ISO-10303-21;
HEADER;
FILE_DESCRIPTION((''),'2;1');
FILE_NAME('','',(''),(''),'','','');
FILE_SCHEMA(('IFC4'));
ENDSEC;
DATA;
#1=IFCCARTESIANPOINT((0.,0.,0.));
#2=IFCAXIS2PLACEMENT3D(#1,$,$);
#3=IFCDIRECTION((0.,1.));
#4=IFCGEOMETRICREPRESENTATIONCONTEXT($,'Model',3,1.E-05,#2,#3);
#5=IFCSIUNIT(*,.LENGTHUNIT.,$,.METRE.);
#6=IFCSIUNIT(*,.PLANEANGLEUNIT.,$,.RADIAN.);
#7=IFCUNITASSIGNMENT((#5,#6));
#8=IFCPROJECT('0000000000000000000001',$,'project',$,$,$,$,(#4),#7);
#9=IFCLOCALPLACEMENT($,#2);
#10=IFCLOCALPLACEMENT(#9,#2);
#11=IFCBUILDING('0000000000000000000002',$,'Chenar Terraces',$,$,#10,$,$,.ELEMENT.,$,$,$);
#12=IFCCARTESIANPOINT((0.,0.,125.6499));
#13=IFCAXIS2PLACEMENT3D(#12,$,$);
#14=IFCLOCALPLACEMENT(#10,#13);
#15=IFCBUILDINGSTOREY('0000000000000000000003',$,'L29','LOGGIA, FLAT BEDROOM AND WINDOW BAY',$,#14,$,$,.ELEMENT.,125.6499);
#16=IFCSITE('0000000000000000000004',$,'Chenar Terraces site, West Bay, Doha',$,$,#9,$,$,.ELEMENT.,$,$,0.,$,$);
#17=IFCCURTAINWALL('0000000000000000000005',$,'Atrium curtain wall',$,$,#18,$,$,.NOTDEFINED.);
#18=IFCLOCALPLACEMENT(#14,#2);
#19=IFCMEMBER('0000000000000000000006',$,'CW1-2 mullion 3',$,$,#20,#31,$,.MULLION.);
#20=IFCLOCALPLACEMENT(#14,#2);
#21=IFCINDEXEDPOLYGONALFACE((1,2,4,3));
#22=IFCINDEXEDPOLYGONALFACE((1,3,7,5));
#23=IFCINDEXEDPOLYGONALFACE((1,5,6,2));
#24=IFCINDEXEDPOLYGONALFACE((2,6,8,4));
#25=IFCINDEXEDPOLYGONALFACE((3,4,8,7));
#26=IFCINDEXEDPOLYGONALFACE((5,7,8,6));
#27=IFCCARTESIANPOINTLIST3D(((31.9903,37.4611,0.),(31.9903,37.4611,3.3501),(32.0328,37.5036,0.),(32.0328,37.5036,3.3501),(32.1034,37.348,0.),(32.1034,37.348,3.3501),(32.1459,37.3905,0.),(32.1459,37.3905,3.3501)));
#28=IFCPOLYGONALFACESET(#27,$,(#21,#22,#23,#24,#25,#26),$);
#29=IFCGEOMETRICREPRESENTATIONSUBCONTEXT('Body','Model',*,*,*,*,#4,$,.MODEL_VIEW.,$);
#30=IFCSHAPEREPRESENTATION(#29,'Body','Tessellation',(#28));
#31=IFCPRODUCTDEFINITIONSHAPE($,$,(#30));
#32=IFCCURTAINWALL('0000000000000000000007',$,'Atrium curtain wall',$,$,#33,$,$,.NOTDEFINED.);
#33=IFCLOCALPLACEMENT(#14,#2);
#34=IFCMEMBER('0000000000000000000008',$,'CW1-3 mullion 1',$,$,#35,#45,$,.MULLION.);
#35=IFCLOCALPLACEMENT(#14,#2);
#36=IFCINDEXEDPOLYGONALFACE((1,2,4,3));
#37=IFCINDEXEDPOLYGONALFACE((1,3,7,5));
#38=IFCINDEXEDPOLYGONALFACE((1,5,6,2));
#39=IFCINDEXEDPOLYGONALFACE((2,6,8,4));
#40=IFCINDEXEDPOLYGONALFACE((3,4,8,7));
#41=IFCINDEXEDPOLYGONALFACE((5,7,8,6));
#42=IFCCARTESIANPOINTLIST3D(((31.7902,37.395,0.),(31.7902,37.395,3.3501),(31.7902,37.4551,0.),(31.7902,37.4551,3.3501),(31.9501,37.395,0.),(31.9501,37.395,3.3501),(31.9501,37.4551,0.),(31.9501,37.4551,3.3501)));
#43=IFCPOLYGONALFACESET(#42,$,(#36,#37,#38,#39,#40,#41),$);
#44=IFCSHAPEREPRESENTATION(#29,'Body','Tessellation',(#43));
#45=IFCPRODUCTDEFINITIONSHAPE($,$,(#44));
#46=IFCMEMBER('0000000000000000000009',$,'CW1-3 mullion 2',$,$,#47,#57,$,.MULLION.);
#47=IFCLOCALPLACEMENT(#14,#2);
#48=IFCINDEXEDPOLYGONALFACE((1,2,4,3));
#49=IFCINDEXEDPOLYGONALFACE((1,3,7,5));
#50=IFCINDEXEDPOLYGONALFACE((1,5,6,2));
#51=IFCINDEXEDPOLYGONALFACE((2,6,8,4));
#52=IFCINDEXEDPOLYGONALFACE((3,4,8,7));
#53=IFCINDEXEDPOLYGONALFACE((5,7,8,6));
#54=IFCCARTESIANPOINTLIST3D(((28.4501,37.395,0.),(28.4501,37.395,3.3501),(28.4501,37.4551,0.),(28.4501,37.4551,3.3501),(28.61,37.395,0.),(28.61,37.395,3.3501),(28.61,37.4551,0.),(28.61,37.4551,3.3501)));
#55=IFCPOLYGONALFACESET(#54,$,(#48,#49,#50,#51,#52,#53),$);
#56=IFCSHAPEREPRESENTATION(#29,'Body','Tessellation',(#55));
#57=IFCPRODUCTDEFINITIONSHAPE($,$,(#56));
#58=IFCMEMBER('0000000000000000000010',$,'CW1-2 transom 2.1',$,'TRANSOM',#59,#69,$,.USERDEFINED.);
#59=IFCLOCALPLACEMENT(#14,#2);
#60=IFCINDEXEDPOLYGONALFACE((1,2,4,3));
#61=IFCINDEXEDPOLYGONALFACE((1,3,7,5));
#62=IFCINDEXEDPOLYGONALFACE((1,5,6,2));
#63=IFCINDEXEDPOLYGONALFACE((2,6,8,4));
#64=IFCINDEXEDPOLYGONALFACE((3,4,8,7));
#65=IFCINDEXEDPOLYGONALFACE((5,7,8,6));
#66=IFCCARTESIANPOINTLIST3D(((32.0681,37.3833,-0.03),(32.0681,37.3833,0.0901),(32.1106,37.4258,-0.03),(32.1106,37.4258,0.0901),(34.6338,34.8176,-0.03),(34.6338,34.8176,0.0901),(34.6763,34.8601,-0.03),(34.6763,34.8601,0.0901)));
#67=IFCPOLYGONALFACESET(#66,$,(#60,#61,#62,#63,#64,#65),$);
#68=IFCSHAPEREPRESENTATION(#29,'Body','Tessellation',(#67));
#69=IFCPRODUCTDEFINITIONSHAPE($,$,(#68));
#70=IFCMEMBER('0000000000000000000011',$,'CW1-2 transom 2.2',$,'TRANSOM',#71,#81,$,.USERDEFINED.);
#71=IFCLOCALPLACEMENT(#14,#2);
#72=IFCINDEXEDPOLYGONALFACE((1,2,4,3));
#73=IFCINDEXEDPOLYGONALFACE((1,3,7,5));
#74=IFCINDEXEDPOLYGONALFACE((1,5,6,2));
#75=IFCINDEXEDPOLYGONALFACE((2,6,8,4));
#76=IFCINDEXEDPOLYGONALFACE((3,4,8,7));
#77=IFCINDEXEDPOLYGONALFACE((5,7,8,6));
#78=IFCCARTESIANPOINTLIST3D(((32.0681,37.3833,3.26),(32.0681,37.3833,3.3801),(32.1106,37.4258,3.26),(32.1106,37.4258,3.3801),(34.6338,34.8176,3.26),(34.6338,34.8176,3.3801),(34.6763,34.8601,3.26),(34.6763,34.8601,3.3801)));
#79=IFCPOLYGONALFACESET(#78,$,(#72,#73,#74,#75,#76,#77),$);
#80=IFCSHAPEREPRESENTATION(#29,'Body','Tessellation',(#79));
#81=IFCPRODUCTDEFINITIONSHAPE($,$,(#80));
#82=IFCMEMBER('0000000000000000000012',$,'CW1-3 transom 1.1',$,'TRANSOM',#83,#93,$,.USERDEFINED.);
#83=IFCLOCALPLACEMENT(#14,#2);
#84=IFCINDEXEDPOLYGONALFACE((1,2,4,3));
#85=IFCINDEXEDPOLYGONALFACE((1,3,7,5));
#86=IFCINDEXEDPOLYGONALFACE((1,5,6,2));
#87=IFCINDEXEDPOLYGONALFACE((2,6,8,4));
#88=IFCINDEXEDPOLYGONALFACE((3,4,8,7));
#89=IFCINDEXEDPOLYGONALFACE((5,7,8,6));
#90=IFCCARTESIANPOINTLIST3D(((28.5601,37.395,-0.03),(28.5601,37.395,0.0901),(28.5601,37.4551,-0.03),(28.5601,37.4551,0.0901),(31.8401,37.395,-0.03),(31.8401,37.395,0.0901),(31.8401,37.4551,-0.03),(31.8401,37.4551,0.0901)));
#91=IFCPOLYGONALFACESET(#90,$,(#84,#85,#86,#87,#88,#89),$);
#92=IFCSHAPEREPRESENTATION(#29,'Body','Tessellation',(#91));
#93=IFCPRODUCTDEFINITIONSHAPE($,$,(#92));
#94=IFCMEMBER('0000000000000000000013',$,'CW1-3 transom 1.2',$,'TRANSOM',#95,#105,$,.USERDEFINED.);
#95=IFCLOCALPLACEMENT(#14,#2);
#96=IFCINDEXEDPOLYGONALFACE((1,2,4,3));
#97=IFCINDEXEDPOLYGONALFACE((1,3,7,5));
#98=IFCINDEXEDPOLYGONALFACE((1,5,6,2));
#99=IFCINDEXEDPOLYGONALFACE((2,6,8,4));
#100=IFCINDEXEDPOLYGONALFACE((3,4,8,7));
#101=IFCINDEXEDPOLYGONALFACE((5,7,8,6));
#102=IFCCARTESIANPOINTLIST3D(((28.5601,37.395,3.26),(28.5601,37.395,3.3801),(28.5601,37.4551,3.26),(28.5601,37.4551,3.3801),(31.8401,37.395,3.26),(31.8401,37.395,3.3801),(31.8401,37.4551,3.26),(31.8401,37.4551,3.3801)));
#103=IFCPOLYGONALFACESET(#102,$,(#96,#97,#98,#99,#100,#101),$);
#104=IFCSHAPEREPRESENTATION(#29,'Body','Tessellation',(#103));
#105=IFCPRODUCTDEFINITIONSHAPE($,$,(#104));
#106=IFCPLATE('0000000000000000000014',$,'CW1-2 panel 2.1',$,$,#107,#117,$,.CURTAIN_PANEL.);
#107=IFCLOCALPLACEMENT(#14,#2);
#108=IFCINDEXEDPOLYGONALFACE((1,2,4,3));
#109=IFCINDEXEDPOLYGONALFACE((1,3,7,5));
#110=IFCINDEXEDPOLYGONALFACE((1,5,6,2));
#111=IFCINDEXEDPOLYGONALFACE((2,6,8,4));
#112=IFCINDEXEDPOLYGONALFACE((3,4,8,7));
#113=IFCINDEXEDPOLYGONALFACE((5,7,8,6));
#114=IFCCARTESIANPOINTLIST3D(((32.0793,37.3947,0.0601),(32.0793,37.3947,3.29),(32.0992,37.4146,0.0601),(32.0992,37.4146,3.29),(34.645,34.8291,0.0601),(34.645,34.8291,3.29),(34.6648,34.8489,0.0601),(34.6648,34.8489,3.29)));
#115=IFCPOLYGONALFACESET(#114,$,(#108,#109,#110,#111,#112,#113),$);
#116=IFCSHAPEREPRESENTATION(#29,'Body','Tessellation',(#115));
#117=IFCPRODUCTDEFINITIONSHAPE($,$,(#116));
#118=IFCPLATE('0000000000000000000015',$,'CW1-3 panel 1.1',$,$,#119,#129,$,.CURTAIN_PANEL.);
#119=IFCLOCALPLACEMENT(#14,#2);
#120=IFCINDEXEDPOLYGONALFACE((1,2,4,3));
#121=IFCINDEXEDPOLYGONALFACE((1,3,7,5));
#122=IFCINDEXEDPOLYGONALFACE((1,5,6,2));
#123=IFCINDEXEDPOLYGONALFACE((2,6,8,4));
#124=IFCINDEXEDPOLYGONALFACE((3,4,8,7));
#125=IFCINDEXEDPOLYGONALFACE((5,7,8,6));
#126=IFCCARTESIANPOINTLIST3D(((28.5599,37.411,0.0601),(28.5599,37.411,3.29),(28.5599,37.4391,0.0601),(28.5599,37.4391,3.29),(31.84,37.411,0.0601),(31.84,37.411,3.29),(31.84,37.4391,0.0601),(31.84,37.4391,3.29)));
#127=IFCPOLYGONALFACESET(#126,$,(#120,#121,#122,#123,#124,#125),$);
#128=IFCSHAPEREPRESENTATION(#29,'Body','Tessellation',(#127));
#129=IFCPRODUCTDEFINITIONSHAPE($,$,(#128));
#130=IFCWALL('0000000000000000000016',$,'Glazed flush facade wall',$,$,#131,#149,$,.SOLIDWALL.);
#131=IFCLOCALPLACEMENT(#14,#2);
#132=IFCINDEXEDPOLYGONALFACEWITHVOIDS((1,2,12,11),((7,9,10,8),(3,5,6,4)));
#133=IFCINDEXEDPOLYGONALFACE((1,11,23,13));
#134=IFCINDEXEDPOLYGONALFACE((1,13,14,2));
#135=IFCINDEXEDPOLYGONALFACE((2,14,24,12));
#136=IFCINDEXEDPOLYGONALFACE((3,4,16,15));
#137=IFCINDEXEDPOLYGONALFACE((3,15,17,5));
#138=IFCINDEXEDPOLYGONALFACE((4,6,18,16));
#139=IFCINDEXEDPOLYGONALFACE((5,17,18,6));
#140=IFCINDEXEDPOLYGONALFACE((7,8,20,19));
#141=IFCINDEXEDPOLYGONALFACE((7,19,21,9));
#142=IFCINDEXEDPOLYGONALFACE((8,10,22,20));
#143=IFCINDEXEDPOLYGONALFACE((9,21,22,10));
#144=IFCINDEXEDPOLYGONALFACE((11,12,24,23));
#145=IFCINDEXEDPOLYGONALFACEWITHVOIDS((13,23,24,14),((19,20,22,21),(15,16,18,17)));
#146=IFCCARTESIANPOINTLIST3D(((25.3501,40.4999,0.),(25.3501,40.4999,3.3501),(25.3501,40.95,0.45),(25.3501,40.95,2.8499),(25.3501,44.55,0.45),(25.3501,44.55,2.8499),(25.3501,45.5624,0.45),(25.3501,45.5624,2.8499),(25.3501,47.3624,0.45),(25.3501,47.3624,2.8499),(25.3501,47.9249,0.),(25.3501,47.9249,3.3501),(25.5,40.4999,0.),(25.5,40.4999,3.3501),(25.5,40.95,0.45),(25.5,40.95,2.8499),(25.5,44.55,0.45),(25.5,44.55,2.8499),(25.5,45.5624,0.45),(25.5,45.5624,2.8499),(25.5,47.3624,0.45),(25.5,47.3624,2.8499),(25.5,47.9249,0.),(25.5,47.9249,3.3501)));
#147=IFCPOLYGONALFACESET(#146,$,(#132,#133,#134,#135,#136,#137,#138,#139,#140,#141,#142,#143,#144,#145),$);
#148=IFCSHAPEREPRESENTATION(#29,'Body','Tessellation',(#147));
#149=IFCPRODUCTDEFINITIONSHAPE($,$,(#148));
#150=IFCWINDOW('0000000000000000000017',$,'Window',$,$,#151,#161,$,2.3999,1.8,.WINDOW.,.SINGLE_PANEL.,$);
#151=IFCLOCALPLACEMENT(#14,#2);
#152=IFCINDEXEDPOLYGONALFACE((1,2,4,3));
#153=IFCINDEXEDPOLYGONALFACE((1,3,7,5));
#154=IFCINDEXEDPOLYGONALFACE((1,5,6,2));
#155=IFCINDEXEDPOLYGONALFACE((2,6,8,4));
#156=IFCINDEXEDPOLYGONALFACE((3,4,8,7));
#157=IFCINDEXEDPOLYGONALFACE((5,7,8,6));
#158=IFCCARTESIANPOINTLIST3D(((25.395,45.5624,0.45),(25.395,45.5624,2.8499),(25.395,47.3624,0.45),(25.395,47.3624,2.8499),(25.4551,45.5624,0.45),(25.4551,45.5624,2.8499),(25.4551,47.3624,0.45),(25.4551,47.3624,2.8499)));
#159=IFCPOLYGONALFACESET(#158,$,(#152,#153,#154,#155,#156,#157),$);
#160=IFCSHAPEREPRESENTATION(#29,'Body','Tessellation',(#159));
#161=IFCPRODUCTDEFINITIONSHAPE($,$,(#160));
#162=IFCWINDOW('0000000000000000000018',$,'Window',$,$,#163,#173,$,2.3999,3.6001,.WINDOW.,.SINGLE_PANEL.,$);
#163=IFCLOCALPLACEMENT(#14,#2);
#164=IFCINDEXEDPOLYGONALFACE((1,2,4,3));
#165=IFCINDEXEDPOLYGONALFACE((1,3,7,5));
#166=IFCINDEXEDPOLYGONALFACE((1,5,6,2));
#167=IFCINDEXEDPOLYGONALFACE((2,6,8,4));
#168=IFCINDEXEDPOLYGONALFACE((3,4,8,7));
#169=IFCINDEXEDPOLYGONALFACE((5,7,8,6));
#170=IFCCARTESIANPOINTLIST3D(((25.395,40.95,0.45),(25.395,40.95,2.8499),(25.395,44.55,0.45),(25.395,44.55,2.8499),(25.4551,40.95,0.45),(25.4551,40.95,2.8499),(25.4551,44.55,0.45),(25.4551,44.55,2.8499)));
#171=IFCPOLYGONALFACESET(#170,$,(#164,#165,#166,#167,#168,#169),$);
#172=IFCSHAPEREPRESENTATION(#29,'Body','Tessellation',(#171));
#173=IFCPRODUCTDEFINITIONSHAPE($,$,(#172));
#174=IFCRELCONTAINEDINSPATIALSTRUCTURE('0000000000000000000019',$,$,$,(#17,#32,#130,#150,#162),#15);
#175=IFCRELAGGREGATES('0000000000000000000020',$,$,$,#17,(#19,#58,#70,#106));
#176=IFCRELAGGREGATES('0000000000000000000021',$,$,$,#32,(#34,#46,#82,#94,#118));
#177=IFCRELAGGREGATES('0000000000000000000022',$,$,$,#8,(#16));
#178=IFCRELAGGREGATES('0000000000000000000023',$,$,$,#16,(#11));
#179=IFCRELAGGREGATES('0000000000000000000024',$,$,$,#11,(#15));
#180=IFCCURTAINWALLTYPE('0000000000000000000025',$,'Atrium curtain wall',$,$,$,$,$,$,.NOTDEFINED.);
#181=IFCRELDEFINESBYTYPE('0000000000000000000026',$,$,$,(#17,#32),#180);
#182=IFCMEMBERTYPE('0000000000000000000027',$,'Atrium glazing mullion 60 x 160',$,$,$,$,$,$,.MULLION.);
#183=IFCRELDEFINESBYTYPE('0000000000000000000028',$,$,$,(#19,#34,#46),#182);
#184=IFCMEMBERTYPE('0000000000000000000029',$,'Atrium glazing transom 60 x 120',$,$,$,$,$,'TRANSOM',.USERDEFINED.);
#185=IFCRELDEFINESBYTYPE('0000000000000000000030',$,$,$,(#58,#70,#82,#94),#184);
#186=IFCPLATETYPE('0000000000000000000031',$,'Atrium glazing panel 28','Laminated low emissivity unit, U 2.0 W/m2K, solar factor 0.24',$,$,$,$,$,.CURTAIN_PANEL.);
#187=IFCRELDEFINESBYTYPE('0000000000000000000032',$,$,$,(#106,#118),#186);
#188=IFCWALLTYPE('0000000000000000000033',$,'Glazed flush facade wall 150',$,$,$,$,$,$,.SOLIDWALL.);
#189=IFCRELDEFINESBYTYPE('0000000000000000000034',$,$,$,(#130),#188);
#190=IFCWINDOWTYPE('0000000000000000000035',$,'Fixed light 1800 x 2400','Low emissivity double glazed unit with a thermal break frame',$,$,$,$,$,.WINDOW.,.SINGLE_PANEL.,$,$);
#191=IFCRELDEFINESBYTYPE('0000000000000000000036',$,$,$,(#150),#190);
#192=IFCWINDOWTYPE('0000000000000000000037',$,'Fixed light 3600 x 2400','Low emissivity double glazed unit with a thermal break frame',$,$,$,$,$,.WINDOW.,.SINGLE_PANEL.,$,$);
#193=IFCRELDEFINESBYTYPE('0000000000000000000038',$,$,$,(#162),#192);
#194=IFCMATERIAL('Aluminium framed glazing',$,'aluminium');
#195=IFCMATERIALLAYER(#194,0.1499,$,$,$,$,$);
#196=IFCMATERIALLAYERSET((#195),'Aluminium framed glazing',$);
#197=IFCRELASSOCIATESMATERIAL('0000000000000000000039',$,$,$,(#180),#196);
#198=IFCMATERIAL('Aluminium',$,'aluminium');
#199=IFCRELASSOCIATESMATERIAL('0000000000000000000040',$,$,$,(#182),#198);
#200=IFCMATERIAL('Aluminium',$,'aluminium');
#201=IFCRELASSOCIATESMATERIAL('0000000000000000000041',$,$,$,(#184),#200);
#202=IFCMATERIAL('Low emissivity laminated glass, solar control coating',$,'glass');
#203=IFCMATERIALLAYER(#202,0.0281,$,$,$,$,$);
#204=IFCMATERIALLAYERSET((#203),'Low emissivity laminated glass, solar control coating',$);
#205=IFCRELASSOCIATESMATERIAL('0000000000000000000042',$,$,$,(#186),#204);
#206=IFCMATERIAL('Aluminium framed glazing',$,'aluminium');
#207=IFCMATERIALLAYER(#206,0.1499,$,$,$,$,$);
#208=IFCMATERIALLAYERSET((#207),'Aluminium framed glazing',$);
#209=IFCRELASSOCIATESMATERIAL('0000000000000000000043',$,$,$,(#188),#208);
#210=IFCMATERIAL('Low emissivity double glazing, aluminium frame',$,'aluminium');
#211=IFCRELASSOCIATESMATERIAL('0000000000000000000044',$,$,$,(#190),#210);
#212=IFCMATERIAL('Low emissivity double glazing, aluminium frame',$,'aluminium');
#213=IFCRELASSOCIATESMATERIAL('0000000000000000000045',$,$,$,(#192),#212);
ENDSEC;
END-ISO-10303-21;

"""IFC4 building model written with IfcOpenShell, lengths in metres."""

from ifc_helpers import new_model, si_unit, direction, frame, frame_2d, origin, origin_2d, place, context, subcontext, project, spatial, rectangle, extrude, material, layer, layer_set, material_profile, profile_set, type_object, element, fill, aggregate, save


model = new_model("IFC4")

# Units and contexts
model_context = context("Model", 3, precision=1e-05, world=origin(), true_north=direction((0.0, 1.0)))
body_context = subcontext(model_context, "Body", "Model", "MODEL_VIEW")
ifc_project = project(units=[si_unit("LENGTHUNIT", "METRE"), si_unit("PLANEANGLEUNIT", "RADIAN")], contexts=[model_context])

# Site, building, storey
site_placement = place(None, origin())
site = spatial("IfcSite", under=ifc_project, at=site_placement, Name="Chenar Terraces site, West Bay, Doha", CompositionType="ELEMENT", RefElevation=0.0)
building_placement = place(site_placement, origin())
building = spatial("IfcBuilding", under=site, at=building_placement, Name="Chenar Terraces", CompositionType="ELEMENT")
storey_placement = place(building_placement, frame((0.0, 0.0, 125.6499)))
storey = spatial("IfcBuildingStorey", under=building, at=storey_placement, Name="L29", Description="LOGGIA, FLAT BEDROOM AND WINDOW BAY", CompositionType="ELEMENT", Elevation=125.6499)

# Curtain wall, member
ifc_material_1 = material(Name="Aluminium framed glazing", Category="aluminium")
ifc_layer_1 = layer(ifc_material_1, 0.1499)
ifc_layer_set_1 = layer_set([ifc_layer_1], Name="Aluminium framed glazing")
curtain_wall_type = type_object("IfcCurtainWallType", Name="Atrium curtain wall", PredefinedType="NOTDEFINED", material=ifc_layer_set_1)
placement = place(storey_placement, origin())
curtain_wall_1 = element("IfcCurtainWall", 1, at=placement, inside=storey, type_object=curtain_wall_type, Name="Atrium curtain wall", PredefinedType="NOTDEFINED")
ifc_material_2 = material(Name="Aluminium", Category="aluminium")
ifc_material_profile_1 = material_profile(ifc_material_2, rectangle(XDim=0.0601, YDim=0.1599, at=origin_2d()), Name="Atrium glazing mullion 60 x 160")
ifc_profile_set_1 = profile_set([ifc_material_profile_1], Name="Aluminium")
member_type_1 = type_object("IfcMemberType", Name="Atrium glazing mullion 60 x 160", PredefinedType="MULLION", material=ifc_profile_set_1)
member_1_placement = place(storey_placement, frame((32.0681, 37.4258, 0.0), z_axis=(0.0, 0.0, 1.0), x_axis=(-0.707107, -0.707107, 0.0)))
member_1 = element("IfcMember", 2, at=member_1_placement, type_object=member_type_1, Name="CW1-2 mullion 3", PredefinedType="MULLION", context=body_context, shape_type="SweptSolid", body=[
    extrude(rectangle(XDim=0.0601, YDim=0.1599, at=origin_2d()), origin(), (0.0, 0.0, 1.0), 3.3501),
])

# Curtain wall, members
curtain_wall_2 = element("IfcCurtainWall", 3, at=placement, inside=storey, type_object=curtain_wall_type, Name="Atrium curtain wall", PredefinedType="NOTDEFINED")
member_2_placement = place(storey_placement, frame((31.8701, 37.425, 0.0), z_axis=(0.0, 0.0, 1.0), x_axis=(0.0, -1.0, 0.0)))
member_2 = element("IfcMember", 4, at=member_2_placement, type_object=member_type_1, Name="CW1-3 mullion 1", PredefinedType="MULLION", context=body_context, shape_type="SweptSolid", body=[
    extrude(rectangle(XDim=0.0601, YDim=0.1599, at=origin_2d()), origin(), (0.0, 0.0, 1.0), 3.3501),
])
member_3_placement = place(storey_placement, frame((28.53, 37.425, 0.0), z_axis=(0.0, 0.0, 1.0), x_axis=(0.0, -1.0, 0.0)))
member_3 = element("IfcMember", 5, at=member_3_placement, type_object=member_type_1, Name="CW1-3 mullion 2", PredefinedType="MULLION", context=body_context, shape_type="SweptSolid", body=[
    extrude(rectangle(XDim=0.0601, YDim=0.1599, at=origin_2d()), origin(), (0.0, 0.0, 1.0), 3.3501),
])

# Members
ifc_material_3 = material(Name="Aluminium", Category="aluminium")
ifc_material_profile_2 = material_profile(ifc_material_3, rectangle(XDim=0.0601, YDim=0.1201, at=origin_2d()), Name="Atrium glazing transom 60 x 120")
ifc_profile_set_2 = profile_set([ifc_material_profile_2], Name="Aluminium")
member_type_2 = type_object("IfcMemberType", Name="Atrium glazing transom 60 x 120", ElementType="TRANSOM", PredefinedType="USERDEFINED", material=ifc_profile_set_2)
member_4_placement = place(storey_placement, frame((34.655, 34.8389, 0.03), z_axis=(-0.707107, 0.707107, 0.0), x_axis=(-0.707107, -0.707107, 0.0)))
member_4 = element("IfcMember", 6, at=member_4_placement, type_object=member_type_2, Name="CW1-2 transom 2.1", ObjectType="TRANSOM", PredefinedType="USERDEFINED", context=body_context, shape_type="SweptSolid", body=[
    extrude(rectangle(XDim=0.0601, YDim=0.1201, at=origin_2d()), origin(), (0.0, 0.0, 1.0), 3.6284),
])
member_5_placement = place(storey_placement, frame((34.655, 34.8389, 3.3201), z_axis=(-0.707107, 0.707107, 0.0), x_axis=(-0.707107, -0.707107, 0.0)))
member_5 = element("IfcMember", 7, at=member_5_placement, type_object=member_type_2, Name="CW1-2 transom 2.2", ObjectType="TRANSOM", PredefinedType="USERDEFINED", context=body_context, shape_type="SweptSolid", body=[
    extrude(rectangle(XDim=0.0601, YDim=0.1201, at=origin_2d()), origin(), (0.0, 0.0, 1.0), 3.6284),
])
member_6_placement = place(storey_placement, frame((31.8401, 37.425, 0.03), z_axis=(-1.0, 0.0, 0.0), x_axis=(0.0, -1.0, 0.0)))
member_6 = element("IfcMember", 8, at=member_6_placement, type_object=member_type_2, Name="CW1-3 transom 1.1", ObjectType="TRANSOM", PredefinedType="USERDEFINED", context=body_context, shape_type="SweptSolid", body=[
    extrude(rectangle(XDim=0.0601, YDim=0.1201, at=origin_2d()), origin(), (0.0, 0.0, 1.0), 3.28),
])
member_7_placement = place(storey_placement, frame((31.8401, 37.425, 3.3201), z_axis=(-1.0, 0.0, 0.0), x_axis=(0.0, -1.0, 0.0)))
member_7 = element("IfcMember", 9, at=member_7_placement, type_object=member_type_2, Name="CW1-3 transom 1.2", ObjectType="TRANSOM", PredefinedType="USERDEFINED", context=body_context, shape_type="SweptSolid", body=[
    extrude(rectangle(XDim=0.0601, YDim=0.1201, at=origin_2d()), origin(), (0.0, 0.0, 1.0), 3.28),
])

# Plates
ifc_material_4 = material(Name="Low emissivity laminated glass, solar control coating", Category="glass")
ifc_layer_2 = layer(ifc_material_4, 0.0281)
ifc_layer_set_2 = layer_set([ifc_layer_2], Name="Low emissivity laminated glass, solar control coating")
plate_type = type_object("IfcPlateType", Name="Atrium glazing panel 28", Description="Laminated low emissivity unit, U 2.0 W/m2K, solar factor 0.24", PredefinedType="CURTAIN_PANEL", material=ifc_layer_set_2)
plate_1_placement = place(storey_placement, frame((33.3721, 36.1218, 0.0601), z_axis=(0.0, 0.0, 1.0), x_axis=(-0.707107, 0.707107, 0.0)))
plate_1 = element("IfcPlate", 10, at=plate_1_placement, type_object=plate_type, Name="CW1-2 panel 2.1", PredefinedType="CURTAIN_PANEL", context=body_context, shape_type="SweptSolid", body=[
    extrude(rectangle(XDim=3.6284, YDim=0.0281, at=origin_2d()), origin(), (0.0, 0.0, 1.0), 3.23),
])
aggregate(curtain_wall_1, [member_1, member_4, member_5, plate_1])
plate_2_placement = place(storey_placement, frame((30.2, 37.425, 0.0601), z_axis=(0.0, 0.0, 1.0), x_axis=(-1.0, 0.0, 0.0)))
plate_2 = element("IfcPlate", 11, at=plate_2_placement, type_object=plate_type, Name="CW1-3 panel 1.1", PredefinedType="CURTAIN_PANEL", context=body_context, shape_type="SweptSolid", body=[
    extrude(rectangle(XDim=3.28, YDim=0.0281, at=origin_2d()), origin(), (0.0, 0.0, 1.0), 3.23),
])
aggregate(curtain_wall_2, [member_2, member_3, member_6, member_7, plate_2])

# Wall, openings, windows
ifc_material_5 = material(Name="Aluminium framed glazing", Category="aluminium")
ifc_layer_3 = layer(ifc_material_5, 0.1499)
ifc_layer_set_3 = layer_set([ifc_layer_3], Name="Aluminium framed glazing")
wall_type_1 = type_object("IfcWallType", Name="Glazed flush facade wall 150", PredefinedType="SOLIDWALL", material=ifc_layer_set_3)
wall_1_placement = place(storey_placement, frame((25.425, 40.5, 0.0), z_axis=(0.0, 0.0, 1.0), x_axis=(0.0, 1.0, 0.0)))
wall_1 = element("IfcWall", 12, at=wall_1_placement, inside=storey, type_object=wall_type_1, Name="Glazed flush facade wall", PredefinedType="SOLIDWALL", context=body_context, shape_type="SweptSolid", body=[
    extrude(rectangle(XDim=7.425, YDim=0.1499, at=frame_2d((3.7124, 0.0))), origin(), (0.0, 0.0, 1.0), 3.3501),
])
opening_1_placement = place(wall_1_placement, frame((0.45, 0.0, 0.45)))
opening_1 = element("IfcOpeningElement", 13, at=opening_1_placement, cuts=wall_1, PredefinedType="OPENING", context=body_context, shape_type="SweptSolid", body=[
    extrude(rectangle(XDim=3.6001, YDim=2.3999, at=frame_2d((1.8, 1.2))), frame((0.0, 0.085, 0.0), z_axis=(0.0, -1.0, 0.0), x_axis=(1.0, 0.0, 0.0)), (0.0, 0.0, 1.0), 0.1699),
])
opening_2_placement = place(wall_1_placement, frame((5.0625, 0.0, 0.45)))
opening_2 = element("IfcOpeningElement", 14, at=opening_2_placement, cuts=wall_1, PredefinedType="OPENING", context=body_context, shape_type="SweptSolid", body=[
    extrude(rectangle(XDim=1.8, YDim=2.3999, at=frame_2d((0.8999, 1.2))), frame((0.0, 0.085, 0.0), z_axis=(0.0, -1.0, 0.0), x_axis=(1.0, 0.0, 0.0)), (0.0, 0.0, 1.0), 0.1699),
])
ifc_material_6 = material(Name="Low emissivity double glazing, aluminium frame", Category="aluminium")
window_type_1 = type_object("IfcWindowType", Name="Fixed light 1800 x 2400", Description="Low emissivity double glazed unit with a thermal break frame", PartitioningType="SINGLE_PANEL", PredefinedType="WINDOW", material=ifc_material_6)
window_1_placement = place(opening_2_placement, origin())
window_1 = element("IfcWindow", 15, at=window_1_placement, inside=storey, type_object=window_type_1, Name="Window", OverallHeight=2.3999, OverallWidth=1.8, PartitioningType="SINGLE_PANEL", PredefinedType="WINDOW", context=body_context, shape_type="SweptSolid", body=[
    extrude(rectangle(XDim=1.8, YDim=2.3999, at=frame_2d((0.8999, 1.2))), frame((0.0, 0.03, 0.0), z_axis=(0.0, -1.0, 0.0), x_axis=(1.0, 0.0, 0.0)), (0.0, 0.0, 1.0), 0.0601),
])
fill(opening_2, window_1)
ifc_material_7 = material(Name="Low emissivity double glazing, aluminium frame", Category="aluminium")
window_type_2 = type_object("IfcWindowType", Name="Fixed light 3600 x 2400", Description="Low emissivity double glazed unit with a thermal break frame", PartitioningType="SINGLE_PANEL", PredefinedType="WINDOW", material=ifc_material_7)
window_2_placement = place(opening_1_placement, origin())
window_2 = element("IfcWindow", 16, at=window_2_placement, inside=storey, type_object=window_type_2, Name="Window", OverallHeight=2.3999, OverallWidth=3.6001, PartitioningType="SINGLE_PANEL", PredefinedType="WINDOW", context=body_context, shape_type="SweptSolid", body=[
    extrude(rectangle(XDim=3.6001, YDim=2.3999, at=frame_2d((1.8, 1.2))), frame((0.0, 0.03, 0.0), z_axis=(0.0, -1.0, 0.0), x_axis=(1.0, 0.0, 0.0)), (0.0, 0.0, 1.0), 0.0601),
])
fill(opening_1, window_2)

save(model, "model.ifc")
